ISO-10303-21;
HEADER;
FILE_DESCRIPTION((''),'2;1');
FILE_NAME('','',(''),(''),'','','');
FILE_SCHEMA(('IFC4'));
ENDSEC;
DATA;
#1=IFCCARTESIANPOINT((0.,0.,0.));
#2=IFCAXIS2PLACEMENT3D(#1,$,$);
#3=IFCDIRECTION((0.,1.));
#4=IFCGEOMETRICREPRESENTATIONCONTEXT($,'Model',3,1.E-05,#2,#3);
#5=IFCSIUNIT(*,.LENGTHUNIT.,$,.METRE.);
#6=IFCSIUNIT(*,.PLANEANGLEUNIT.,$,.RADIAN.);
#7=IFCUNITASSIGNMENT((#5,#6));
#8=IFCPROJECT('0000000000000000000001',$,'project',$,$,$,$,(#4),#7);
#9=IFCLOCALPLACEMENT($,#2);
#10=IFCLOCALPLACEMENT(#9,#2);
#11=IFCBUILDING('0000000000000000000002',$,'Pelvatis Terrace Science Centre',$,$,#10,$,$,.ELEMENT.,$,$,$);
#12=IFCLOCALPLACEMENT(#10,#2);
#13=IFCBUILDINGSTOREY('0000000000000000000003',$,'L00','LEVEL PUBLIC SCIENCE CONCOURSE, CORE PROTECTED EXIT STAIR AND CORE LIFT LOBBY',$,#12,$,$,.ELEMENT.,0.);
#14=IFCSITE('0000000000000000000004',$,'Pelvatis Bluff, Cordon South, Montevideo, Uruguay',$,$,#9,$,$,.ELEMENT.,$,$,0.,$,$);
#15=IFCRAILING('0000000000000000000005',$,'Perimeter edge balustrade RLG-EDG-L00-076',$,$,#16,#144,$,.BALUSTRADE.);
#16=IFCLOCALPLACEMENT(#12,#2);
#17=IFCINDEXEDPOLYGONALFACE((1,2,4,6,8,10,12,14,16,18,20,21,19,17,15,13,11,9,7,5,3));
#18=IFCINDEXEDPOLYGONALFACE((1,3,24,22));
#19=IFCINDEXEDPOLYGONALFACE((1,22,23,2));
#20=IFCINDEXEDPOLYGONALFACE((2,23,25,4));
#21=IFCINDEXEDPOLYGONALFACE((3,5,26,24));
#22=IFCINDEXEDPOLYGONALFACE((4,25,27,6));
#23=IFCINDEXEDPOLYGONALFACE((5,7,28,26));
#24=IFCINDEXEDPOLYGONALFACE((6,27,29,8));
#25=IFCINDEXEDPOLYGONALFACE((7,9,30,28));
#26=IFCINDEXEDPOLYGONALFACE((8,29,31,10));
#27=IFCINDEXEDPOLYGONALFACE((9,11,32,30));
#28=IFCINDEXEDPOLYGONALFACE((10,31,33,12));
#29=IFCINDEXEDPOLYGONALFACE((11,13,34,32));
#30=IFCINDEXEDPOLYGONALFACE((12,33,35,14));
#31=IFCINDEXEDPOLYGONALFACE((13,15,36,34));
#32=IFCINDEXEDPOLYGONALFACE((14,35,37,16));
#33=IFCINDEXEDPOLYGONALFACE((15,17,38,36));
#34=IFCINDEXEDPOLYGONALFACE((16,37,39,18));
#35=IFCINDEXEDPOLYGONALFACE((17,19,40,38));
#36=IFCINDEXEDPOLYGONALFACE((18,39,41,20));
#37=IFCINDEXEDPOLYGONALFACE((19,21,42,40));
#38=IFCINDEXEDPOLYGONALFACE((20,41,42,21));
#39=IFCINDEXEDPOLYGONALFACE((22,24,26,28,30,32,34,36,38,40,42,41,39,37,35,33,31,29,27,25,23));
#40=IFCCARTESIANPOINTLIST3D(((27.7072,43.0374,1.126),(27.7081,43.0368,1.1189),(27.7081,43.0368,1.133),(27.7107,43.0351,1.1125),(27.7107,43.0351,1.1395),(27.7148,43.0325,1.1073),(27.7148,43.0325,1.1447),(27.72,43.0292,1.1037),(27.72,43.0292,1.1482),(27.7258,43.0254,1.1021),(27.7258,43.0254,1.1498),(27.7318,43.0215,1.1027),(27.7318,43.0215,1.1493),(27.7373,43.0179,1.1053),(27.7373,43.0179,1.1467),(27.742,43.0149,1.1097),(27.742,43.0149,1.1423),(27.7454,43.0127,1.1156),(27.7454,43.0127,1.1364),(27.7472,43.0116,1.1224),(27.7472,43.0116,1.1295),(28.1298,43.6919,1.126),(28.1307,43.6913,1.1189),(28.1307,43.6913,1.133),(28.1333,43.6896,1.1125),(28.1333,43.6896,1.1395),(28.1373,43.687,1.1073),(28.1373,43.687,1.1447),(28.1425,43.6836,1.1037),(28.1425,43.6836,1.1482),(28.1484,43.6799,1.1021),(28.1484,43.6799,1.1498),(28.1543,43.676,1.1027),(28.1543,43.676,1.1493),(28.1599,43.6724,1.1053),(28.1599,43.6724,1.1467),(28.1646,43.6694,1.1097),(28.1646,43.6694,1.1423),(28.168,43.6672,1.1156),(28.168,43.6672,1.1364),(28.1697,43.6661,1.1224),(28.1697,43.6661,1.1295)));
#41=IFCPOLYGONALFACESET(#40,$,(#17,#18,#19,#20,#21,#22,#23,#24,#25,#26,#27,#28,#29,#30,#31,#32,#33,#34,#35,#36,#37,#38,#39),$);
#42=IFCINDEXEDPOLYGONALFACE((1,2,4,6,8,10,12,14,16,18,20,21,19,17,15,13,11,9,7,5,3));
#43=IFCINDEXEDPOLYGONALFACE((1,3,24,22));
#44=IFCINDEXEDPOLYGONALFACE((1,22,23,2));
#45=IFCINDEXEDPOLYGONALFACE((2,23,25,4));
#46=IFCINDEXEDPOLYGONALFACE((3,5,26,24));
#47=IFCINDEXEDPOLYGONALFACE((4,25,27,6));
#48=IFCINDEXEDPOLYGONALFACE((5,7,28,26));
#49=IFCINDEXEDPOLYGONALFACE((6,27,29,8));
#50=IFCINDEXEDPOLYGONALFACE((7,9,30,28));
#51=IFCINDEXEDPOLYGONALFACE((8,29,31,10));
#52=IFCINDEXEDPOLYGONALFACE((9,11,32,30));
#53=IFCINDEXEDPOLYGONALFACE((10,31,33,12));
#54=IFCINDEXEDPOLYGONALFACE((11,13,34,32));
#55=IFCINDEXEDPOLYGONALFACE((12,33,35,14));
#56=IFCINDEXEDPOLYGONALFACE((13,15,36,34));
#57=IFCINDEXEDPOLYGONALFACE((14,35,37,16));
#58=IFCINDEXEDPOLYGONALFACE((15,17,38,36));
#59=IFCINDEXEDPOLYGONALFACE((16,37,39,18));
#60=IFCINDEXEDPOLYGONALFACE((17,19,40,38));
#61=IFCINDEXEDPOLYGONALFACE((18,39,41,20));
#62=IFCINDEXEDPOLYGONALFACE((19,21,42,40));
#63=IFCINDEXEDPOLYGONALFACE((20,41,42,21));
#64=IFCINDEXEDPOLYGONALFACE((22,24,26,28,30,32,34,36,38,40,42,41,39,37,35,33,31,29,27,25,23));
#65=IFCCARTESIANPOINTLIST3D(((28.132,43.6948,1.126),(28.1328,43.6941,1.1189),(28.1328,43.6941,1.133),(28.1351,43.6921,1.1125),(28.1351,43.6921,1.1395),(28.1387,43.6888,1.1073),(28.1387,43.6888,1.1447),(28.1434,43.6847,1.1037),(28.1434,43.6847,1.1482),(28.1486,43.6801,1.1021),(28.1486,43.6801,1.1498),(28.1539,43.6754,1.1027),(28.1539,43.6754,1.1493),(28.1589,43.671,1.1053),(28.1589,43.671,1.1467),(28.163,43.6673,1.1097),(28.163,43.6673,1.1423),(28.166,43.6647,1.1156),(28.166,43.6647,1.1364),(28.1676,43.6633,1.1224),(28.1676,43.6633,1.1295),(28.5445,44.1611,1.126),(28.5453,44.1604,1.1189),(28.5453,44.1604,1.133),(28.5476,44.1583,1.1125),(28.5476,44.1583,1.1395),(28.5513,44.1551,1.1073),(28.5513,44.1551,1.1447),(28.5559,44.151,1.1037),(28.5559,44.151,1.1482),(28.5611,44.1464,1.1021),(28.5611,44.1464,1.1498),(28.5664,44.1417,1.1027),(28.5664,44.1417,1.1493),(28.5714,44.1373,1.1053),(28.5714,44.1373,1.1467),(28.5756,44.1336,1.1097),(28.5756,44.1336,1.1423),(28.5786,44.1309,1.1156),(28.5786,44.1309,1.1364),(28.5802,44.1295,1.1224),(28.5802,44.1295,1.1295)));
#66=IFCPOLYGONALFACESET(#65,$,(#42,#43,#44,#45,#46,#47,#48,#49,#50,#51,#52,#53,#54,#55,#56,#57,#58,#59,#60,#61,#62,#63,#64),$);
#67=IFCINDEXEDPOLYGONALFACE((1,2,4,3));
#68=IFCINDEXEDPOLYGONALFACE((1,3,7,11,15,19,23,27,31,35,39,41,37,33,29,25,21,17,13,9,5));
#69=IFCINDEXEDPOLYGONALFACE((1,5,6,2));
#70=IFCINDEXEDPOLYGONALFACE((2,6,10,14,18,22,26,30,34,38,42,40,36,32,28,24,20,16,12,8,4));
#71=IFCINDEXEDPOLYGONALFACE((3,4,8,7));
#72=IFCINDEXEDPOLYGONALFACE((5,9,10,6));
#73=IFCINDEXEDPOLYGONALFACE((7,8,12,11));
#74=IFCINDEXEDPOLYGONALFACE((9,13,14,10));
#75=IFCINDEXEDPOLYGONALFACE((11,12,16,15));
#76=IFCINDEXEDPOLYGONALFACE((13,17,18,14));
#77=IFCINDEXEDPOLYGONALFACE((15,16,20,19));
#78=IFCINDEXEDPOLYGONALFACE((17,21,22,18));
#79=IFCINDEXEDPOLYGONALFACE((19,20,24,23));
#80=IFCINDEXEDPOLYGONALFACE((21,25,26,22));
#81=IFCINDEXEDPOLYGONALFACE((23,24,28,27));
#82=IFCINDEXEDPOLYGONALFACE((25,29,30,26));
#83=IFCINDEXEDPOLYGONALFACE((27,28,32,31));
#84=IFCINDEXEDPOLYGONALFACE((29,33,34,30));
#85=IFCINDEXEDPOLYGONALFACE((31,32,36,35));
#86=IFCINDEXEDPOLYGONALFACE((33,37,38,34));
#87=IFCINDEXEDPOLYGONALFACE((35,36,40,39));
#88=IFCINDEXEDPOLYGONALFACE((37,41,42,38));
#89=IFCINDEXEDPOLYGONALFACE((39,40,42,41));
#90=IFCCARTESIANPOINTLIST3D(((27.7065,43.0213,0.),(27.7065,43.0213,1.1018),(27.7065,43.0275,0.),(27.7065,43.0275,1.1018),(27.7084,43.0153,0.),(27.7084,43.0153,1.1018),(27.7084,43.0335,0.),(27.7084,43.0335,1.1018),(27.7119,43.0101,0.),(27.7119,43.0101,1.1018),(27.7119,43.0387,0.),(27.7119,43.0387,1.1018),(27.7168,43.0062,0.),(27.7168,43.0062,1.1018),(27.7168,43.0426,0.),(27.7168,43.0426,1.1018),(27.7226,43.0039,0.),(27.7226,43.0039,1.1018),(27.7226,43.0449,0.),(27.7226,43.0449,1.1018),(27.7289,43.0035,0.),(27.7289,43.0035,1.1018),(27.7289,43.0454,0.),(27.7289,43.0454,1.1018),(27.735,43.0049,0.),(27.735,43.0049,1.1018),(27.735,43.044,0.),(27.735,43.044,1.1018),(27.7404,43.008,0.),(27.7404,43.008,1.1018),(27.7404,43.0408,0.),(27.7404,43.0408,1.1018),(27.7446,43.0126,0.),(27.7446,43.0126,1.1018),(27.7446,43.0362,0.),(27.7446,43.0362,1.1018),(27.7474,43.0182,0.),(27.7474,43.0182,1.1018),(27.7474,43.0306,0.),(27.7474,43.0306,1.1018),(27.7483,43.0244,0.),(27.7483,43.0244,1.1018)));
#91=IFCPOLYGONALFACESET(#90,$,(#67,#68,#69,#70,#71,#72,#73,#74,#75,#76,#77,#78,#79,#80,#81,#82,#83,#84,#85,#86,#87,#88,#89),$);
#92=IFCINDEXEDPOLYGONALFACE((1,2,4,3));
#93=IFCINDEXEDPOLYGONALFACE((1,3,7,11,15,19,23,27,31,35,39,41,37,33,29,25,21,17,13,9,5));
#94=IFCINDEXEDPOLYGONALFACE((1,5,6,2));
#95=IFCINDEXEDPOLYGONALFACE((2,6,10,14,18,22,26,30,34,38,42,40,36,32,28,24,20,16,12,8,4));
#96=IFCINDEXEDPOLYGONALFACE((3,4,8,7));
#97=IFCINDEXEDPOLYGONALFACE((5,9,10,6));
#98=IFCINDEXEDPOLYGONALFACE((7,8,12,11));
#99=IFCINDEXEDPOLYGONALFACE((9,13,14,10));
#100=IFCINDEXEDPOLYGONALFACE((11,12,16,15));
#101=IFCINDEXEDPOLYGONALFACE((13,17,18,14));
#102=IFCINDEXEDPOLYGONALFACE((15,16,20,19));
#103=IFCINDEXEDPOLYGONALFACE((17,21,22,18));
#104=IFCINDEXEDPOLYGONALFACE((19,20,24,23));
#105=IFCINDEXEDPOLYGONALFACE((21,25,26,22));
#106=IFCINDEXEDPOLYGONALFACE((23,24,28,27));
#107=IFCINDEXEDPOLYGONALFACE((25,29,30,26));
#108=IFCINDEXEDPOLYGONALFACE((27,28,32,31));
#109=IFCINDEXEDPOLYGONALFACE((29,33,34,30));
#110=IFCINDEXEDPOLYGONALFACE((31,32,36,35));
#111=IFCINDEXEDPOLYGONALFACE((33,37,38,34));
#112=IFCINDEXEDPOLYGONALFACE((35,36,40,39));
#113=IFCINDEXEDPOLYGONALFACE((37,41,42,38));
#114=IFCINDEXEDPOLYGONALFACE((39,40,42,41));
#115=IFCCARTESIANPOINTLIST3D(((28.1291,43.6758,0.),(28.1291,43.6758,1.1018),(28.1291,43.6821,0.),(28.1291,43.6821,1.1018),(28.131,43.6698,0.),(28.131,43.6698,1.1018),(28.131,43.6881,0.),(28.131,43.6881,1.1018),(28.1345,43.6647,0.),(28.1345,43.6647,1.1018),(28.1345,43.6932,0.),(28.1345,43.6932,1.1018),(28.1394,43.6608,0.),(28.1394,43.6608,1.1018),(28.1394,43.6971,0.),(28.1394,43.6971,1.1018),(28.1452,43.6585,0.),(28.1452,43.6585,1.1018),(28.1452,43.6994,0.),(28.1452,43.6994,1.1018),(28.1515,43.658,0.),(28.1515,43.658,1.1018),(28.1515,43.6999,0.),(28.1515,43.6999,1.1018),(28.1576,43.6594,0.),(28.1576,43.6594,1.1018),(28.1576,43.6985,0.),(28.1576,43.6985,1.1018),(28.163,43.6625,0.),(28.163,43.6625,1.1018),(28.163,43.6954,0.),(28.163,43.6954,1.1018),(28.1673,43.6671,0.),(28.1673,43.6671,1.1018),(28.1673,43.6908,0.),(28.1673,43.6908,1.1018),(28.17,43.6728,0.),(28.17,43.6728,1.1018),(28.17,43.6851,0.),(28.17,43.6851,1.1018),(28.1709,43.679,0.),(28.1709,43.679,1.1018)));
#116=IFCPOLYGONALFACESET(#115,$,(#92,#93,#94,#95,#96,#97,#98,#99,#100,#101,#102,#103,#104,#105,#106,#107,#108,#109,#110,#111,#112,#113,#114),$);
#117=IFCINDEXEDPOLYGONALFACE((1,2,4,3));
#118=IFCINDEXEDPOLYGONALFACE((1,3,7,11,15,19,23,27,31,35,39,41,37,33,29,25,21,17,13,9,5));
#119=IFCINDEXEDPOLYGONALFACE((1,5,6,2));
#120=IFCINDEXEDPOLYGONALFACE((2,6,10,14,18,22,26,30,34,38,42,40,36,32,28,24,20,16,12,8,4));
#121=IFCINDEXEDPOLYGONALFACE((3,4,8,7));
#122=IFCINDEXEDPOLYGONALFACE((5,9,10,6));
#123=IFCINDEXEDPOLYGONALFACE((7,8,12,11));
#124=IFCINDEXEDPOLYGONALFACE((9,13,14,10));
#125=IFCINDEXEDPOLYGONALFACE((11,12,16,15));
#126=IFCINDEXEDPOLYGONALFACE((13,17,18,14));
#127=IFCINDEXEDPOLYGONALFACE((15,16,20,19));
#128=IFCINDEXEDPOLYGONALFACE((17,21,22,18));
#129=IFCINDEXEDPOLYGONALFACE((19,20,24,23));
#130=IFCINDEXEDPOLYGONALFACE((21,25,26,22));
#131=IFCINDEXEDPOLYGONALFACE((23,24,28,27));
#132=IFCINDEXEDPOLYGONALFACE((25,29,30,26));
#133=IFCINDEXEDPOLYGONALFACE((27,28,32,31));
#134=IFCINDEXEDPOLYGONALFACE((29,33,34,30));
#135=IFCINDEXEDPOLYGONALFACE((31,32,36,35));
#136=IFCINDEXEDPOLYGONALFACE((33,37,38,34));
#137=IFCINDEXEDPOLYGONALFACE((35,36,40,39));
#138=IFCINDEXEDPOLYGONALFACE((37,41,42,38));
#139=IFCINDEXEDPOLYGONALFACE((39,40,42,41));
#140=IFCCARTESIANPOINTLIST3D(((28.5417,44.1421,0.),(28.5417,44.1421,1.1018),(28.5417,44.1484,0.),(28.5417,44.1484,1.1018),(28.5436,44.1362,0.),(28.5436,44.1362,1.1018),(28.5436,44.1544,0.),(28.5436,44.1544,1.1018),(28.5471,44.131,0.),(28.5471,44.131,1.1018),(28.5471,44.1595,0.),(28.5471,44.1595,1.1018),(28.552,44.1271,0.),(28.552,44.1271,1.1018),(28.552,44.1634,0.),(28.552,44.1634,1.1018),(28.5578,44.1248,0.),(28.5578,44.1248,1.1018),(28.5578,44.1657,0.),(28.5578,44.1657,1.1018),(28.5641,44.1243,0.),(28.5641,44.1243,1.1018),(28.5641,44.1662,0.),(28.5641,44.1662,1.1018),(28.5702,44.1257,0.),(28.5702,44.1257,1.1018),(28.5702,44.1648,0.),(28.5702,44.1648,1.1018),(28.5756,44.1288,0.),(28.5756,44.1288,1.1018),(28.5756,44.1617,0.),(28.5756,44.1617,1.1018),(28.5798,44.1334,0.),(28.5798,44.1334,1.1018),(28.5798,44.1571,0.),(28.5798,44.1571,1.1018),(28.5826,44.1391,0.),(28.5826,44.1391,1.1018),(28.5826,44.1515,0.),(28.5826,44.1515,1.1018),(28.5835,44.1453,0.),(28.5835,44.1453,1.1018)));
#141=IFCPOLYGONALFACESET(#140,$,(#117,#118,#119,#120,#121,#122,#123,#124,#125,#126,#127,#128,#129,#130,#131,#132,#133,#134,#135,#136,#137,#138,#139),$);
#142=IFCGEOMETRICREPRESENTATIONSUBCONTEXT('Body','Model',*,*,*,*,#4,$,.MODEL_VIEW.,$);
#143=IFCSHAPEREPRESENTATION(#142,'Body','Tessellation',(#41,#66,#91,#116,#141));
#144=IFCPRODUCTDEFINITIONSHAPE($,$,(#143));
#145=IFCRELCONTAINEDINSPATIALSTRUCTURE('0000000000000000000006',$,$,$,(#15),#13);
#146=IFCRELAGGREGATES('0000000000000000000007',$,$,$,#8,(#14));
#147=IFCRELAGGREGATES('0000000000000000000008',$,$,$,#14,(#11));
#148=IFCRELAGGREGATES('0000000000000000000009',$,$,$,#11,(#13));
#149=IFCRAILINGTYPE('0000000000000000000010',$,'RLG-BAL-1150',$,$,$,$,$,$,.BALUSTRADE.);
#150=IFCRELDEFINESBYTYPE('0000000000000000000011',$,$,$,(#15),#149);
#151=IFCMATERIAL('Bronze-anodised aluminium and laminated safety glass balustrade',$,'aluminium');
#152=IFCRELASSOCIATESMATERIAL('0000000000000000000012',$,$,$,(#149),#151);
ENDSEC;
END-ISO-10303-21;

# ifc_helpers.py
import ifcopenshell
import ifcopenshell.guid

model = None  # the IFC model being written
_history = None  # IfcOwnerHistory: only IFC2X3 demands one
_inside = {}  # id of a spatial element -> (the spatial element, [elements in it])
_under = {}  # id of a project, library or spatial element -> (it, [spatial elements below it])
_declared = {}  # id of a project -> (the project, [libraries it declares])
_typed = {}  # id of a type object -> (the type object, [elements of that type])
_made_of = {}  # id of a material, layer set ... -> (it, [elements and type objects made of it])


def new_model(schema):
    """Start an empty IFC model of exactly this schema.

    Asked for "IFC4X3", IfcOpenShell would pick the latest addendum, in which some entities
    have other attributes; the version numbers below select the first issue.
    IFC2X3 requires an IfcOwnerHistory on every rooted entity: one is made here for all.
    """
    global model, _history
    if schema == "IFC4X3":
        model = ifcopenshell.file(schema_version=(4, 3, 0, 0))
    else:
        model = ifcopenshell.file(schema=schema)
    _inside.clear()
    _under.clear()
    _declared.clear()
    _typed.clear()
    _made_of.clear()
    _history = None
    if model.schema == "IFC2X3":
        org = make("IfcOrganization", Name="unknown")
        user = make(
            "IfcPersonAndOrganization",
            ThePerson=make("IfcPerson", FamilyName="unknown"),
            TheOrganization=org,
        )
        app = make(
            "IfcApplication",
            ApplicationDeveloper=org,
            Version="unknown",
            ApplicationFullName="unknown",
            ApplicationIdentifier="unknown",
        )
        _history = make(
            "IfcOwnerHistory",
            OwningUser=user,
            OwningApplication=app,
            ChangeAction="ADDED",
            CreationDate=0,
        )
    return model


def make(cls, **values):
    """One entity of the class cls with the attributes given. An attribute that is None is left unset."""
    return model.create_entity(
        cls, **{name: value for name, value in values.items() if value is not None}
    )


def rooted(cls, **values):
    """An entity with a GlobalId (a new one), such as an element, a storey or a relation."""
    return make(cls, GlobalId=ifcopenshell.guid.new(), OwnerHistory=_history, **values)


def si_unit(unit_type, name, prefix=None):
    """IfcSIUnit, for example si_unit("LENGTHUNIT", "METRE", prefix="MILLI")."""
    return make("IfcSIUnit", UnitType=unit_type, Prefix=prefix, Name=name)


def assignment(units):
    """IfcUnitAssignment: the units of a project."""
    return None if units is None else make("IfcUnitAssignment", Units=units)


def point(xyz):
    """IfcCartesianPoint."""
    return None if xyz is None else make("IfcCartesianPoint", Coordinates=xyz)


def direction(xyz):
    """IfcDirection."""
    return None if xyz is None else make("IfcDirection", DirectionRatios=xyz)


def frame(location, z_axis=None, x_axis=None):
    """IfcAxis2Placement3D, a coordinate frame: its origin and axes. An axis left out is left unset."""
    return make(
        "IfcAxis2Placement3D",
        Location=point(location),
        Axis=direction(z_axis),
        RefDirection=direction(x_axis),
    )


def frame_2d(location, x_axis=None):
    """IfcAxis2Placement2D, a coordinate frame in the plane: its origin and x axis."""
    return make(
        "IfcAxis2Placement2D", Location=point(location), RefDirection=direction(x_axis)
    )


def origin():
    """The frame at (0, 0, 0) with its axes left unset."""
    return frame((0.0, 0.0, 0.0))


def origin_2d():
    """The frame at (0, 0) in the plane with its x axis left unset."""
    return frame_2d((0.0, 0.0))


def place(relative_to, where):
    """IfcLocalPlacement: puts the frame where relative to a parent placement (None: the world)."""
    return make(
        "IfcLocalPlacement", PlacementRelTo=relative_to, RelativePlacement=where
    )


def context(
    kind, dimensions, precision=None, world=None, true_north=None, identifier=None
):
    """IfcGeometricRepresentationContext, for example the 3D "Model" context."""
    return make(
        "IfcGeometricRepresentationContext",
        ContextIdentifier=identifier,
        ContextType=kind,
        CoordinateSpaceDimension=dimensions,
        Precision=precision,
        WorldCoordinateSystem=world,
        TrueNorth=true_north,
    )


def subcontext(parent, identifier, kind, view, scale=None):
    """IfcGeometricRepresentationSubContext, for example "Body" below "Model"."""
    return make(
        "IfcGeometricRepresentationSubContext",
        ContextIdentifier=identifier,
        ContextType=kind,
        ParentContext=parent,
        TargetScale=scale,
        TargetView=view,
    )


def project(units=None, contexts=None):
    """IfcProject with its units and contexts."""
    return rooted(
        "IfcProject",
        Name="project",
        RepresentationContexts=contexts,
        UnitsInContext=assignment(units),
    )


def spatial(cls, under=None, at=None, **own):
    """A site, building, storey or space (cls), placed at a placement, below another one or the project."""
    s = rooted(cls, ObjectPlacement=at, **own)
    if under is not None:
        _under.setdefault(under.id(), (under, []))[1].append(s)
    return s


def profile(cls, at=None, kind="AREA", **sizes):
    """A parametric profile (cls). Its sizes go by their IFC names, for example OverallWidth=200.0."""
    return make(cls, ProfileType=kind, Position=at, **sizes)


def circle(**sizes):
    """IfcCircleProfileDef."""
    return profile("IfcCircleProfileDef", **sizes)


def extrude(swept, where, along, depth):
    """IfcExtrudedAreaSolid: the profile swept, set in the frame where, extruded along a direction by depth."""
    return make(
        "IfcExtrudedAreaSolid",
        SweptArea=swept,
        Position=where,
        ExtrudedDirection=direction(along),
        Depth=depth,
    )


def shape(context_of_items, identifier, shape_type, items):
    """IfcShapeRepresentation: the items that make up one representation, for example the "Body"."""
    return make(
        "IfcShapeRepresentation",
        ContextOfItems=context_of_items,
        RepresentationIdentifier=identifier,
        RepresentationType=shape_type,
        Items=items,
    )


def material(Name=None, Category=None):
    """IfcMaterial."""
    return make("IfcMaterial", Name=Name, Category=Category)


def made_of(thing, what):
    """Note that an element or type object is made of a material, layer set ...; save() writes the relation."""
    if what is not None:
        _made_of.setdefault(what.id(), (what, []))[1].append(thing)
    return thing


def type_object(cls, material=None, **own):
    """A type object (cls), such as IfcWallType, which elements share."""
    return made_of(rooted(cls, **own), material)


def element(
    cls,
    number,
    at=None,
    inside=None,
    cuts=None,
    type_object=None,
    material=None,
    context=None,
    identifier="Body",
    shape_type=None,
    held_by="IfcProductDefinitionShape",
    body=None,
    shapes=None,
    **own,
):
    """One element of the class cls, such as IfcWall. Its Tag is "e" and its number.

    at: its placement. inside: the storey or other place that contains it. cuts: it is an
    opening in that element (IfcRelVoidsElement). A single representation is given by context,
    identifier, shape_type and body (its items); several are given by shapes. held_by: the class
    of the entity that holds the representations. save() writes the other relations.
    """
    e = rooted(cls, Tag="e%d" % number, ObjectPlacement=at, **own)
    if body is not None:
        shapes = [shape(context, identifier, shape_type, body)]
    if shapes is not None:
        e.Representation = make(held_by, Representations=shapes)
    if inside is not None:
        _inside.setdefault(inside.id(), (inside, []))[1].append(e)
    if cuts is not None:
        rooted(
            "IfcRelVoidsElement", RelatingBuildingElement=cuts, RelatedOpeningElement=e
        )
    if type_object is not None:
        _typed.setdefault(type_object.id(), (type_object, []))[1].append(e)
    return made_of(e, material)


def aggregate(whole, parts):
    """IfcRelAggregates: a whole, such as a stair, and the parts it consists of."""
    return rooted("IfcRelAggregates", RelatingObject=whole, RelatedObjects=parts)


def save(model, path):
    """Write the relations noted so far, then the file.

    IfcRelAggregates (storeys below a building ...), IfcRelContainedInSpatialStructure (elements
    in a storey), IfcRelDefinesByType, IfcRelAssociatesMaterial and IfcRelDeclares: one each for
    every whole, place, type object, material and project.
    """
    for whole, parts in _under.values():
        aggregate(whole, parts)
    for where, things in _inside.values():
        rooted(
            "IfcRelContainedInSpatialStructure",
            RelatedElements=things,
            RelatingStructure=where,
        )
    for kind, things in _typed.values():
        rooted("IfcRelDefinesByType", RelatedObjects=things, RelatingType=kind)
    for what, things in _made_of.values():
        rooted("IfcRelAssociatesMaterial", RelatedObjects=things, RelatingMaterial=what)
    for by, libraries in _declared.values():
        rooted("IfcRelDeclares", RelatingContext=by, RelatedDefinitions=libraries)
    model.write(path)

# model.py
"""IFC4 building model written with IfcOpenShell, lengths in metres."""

from ifc_helpers import new_model, si_unit, direction, frame, origin, origin_2d, place, context, subcontext, project, spatial, circle, extrude, material, type_object, element, save


model = new_model("IFC4")

# Units and contexts
model_context = context("Model", 3, precision=1e-05, world=origin(), true_north=direction((0.0, 1.0)))
body_context = subcontext(model_context, "Body", "Model", "MODEL_VIEW")
ifc_project = project(units=[si_unit("LENGTHUNIT", "METRE"), si_unit("PLANEANGLEUNIT", "RADIAN")], contexts=[model_context])

# Site, building, storey
site_placement = place(None, origin())
site = spatial("IfcSite", under=ifc_project, at=site_placement, Name="Pelvatis Bluff, Cordon South, Montevideo, Uruguay", CompositionType="ELEMENT", RefElevation=0.0)
building_placement = place(site_placement, origin())
building = spatial("IfcBuilding", under=site, at=building_placement, Name="Pelvatis Terrace Science Centre", CompositionType="ELEMENT")
storey_placement = place(building_placement, origin())
storey = spatial("IfcBuildingStorey", under=building, at=storey_placement, Name="L00", Description="LEVEL PUBLIC SCIENCE CONCOURSE, CORE PROTECTED EXIT STAIR AND CORE LIFT LOBBY", CompositionType="ELEMENT", Elevation=0.0)

# Railing
ifc_material_1 = material(Name="Bronze-anodised aluminium and laminated safety glass balustrade", Category="aluminium")
railing_type = type_object("IfcRailingType", Name="RLG-BAL-1150", PredefinedType="BALUSTRADE", material=ifc_material_1)
railing_placement = place(storey_placement, frame((27.7273, 43.0244, 0.0)))
element("IfcRailing", 1, at=railing_placement, inside=storey, type_object=railing_type, Name="Perimeter edge balustrade RLG-EDG-L00-076", PredefinedType="BALUSTRADE", context=body_context, shape_type="SweptSolid", body=[
    extrude(circle(Radius=0.0239, at=origin_2d()), frame((0.0, 0.0, 1.126), z_axis=(0.542419, 0.840108, 0.0), x_axis=(-0.840108, 0.542419, 0.0)), (0.0, 0.0, 1.0), 0.7791),
    extrude(circle(Radius=0.0239, at=origin_2d()), frame((0.4226, 0.6545, 1.126), z_axis=(0.662658, 0.748922, 0.0), x_axis=(-0.748922, 0.662658, 0.0)), (0.0, 0.0, 1.0), 0.6226),
    extrude(circle(Radius=0.021, at=origin_2d()), origin(), (0.0, 0.0, 1.0), 1.1018),
    extrude(circle(Radius=0.021, at=origin_2d()), frame((0.4226, 0.6545, 0.0)), (0.0, 0.0, 1.0), 1.1018),
    extrude(circle(Radius=0.021, at=origin_2d()), frame((0.8352, 1.1208, 0.0)), (0.0, 0.0, 1.0), 1.1018),
])

save(model, "model.ifc")
